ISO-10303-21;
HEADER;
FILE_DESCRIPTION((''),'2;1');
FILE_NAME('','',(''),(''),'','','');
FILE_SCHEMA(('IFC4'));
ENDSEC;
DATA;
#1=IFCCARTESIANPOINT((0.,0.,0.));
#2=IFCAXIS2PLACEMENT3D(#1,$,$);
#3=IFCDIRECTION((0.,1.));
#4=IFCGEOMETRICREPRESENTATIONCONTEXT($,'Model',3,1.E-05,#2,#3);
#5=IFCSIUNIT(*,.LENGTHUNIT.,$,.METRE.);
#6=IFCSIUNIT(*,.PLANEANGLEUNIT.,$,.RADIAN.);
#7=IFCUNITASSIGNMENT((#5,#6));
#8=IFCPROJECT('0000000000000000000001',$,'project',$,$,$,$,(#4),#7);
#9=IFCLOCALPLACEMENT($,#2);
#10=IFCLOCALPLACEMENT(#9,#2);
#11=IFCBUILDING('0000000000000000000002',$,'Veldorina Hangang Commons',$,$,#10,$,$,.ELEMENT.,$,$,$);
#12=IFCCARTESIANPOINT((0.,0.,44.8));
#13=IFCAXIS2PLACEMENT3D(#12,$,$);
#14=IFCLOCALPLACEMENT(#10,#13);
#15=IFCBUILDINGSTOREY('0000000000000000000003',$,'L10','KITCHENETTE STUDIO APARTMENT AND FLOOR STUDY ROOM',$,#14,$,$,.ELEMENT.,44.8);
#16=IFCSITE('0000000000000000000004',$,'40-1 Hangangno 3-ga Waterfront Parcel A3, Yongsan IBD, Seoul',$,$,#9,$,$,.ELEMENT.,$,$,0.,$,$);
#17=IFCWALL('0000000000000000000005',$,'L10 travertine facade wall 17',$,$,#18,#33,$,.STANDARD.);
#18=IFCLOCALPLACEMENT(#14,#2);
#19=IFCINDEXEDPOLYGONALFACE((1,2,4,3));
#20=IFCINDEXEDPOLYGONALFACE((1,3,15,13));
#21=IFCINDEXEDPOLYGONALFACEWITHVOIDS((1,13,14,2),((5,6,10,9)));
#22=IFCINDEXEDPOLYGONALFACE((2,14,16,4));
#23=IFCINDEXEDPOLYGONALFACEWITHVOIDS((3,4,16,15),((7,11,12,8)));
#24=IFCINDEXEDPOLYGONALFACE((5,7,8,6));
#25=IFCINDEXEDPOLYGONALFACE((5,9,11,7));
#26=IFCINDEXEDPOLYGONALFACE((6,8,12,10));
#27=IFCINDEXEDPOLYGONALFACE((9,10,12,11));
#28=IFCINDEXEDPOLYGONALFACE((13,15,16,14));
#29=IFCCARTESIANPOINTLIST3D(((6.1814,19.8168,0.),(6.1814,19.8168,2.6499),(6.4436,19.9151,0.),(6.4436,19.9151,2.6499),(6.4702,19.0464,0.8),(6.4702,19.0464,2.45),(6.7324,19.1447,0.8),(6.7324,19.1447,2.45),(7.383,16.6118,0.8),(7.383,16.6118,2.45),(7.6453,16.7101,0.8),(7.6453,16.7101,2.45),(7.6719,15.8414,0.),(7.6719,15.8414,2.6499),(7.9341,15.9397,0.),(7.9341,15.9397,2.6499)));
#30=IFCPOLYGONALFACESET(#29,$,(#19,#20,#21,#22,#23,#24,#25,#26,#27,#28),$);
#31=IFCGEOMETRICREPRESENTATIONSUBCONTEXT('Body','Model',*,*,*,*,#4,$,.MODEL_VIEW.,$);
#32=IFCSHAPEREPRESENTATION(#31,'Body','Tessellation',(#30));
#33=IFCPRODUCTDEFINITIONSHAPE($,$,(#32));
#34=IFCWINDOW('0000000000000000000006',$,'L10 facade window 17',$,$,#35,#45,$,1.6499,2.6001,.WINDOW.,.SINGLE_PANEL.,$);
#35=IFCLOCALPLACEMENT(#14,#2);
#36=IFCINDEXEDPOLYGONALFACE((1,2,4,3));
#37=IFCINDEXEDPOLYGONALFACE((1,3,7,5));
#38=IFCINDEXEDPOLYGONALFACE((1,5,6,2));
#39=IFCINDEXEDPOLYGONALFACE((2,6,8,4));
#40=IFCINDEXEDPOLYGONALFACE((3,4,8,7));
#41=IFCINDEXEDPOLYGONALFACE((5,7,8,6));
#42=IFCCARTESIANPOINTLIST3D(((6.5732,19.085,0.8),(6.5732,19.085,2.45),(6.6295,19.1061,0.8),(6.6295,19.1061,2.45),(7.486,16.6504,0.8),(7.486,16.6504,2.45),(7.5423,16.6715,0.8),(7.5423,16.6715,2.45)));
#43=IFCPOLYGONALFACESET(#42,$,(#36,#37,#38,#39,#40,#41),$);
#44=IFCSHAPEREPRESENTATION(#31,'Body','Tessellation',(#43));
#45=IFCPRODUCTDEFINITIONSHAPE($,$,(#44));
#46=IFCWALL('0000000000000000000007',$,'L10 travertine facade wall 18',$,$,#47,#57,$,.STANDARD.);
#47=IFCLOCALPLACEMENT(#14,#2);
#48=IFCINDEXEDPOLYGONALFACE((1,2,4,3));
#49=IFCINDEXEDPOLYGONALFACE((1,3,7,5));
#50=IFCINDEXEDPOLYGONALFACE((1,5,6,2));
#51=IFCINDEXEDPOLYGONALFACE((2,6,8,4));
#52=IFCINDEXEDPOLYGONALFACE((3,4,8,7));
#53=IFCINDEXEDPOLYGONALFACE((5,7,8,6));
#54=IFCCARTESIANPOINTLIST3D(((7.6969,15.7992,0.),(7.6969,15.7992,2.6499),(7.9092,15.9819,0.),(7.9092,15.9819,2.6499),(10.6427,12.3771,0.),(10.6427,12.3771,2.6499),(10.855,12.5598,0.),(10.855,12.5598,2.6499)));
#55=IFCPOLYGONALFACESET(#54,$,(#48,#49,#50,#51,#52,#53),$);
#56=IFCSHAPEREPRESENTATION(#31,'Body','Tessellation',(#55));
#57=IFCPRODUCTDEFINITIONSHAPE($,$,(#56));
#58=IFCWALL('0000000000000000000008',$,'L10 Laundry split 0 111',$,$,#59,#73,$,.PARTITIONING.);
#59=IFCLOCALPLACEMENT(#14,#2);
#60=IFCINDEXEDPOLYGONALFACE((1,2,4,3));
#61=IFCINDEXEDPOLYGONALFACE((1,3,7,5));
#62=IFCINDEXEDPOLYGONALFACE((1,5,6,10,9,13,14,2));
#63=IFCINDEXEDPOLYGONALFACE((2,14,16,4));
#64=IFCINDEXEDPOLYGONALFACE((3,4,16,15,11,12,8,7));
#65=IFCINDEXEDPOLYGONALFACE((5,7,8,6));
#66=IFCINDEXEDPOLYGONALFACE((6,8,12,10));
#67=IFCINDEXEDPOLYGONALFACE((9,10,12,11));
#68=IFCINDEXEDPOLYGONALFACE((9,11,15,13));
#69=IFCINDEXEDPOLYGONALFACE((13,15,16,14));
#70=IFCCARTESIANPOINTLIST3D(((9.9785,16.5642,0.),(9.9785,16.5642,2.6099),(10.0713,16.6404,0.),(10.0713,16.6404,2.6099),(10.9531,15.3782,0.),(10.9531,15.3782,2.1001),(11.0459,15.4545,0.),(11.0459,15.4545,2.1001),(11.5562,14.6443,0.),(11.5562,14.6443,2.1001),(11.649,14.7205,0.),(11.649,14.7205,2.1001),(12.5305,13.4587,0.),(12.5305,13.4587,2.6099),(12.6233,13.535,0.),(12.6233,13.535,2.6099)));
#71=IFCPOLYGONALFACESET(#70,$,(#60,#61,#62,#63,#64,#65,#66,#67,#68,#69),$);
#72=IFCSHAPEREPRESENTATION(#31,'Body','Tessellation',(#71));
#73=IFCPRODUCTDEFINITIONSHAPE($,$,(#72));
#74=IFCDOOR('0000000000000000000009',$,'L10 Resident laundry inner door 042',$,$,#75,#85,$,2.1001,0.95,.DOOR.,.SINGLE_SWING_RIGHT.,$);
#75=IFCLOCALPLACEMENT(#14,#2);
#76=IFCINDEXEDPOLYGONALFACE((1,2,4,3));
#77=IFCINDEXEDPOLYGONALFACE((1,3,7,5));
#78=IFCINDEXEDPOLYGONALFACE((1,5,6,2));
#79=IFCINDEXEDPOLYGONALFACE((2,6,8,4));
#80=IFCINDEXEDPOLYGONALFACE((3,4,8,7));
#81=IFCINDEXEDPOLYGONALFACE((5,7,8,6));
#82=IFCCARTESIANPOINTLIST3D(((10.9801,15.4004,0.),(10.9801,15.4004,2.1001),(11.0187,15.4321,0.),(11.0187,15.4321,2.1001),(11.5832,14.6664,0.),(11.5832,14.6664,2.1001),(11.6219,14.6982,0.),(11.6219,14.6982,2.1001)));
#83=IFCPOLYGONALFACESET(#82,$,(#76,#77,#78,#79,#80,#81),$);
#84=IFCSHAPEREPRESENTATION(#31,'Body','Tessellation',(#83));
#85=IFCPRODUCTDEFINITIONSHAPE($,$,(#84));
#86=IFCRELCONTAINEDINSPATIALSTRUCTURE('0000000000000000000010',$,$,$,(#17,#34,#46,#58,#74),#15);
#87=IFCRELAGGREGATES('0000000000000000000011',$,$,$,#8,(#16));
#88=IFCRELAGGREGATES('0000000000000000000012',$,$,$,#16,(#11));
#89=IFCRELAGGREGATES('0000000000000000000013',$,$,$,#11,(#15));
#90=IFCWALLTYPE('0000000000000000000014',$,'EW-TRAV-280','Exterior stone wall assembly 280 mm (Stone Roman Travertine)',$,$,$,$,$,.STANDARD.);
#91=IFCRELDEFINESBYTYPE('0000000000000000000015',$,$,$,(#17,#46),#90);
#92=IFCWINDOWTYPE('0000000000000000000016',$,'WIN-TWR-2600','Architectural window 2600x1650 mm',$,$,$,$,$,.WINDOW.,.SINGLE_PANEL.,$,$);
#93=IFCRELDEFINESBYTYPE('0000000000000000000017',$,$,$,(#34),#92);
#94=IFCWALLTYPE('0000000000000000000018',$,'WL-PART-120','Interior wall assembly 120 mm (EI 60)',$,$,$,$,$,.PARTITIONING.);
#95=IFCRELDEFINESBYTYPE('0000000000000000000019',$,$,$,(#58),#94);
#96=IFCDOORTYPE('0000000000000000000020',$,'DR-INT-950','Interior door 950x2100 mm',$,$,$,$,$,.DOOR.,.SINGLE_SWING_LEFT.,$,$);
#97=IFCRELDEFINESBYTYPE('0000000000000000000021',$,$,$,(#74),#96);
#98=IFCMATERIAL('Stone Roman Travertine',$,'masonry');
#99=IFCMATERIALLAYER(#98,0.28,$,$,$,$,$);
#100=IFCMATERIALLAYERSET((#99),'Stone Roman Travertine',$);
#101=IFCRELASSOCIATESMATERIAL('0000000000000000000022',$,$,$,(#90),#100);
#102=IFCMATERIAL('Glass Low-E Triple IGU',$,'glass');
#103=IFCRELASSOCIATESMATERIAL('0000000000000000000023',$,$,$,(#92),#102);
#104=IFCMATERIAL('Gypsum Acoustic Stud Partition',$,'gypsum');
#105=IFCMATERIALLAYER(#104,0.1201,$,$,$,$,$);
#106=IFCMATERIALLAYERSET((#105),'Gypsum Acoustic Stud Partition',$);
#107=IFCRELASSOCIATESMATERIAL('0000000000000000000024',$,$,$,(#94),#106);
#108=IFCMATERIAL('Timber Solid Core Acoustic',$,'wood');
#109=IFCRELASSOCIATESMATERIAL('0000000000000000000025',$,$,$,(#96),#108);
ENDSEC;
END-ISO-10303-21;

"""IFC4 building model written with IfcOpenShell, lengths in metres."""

from ifc_helpers import new_model, si_unit, direction, frame, frame_2d, origin, place, context, subcontext, project, spatial, rectangle, extrude, material, layer, layer_set, type_object, element, fill, save


model = new_model("IFC4")

# Units and contexts
model_context = context("Model", 3, precision=1e-05, world=origin(), true_north=direction((0.0, 1.0)))
body_context = subcontext(model_context, "Body", "Model", "MODEL_VIEW")
ifc_project = project(units=[si_unit("LENGTHUNIT", "METRE"), si_unit("PLANEANGLEUNIT", "RADIAN")], contexts=[model_context])

# Site, building, storey
site_placement = place(None, origin())
site = spatial("IfcSite", under=ifc_project, at=site_placement, Name="40-1 Hangangno 3-ga Waterfront Parcel A3, Yongsan IBD, Seoul", CompositionType="ELEMENT", RefElevation=0.0)
building_placement = place(site_placement, origin())
building = spatial("IfcBuilding", under=site, at=building_placement, Name="Veldorina Hangang Commons", CompositionType="ELEMENT")
storey_placement = place(building_placement, frame((0.0, 0.0, 44.8)))
storey = spatial("IfcBuildingStorey", under=building, at=storey_placement, Name="L10", Description="KITCHENETTE STUDIO APARTMENT AND FLOOR STUDY ROOM", CompositionType="ELEMENT", Elevation=44.8)

# Shared definitions
ifc_material_1 = material(Name="Glass Low-E Triple IGU", Category="glass")

# Wall, opening, window
ifc_material_2 = material(Name="Stone Roman Travertine", Category="masonry")
ifc_layer_1 = layer(ifc_material_2, 0.28)
ifc_layer_set_1 = layer_set([ifc_layer_1], Name="Stone Roman Travertine")
wall_type_1 = type_object("IfcWallType", Name="EW-TRAV-280", Description="Exterior stone wall assembly 280 mm (Stone Roman Travertine)", PredefinedType="STANDARD", material=ifc_layer_set_1)
wall_1_placement = place(storey_placement, frame((6.3125, 19.866, 0.0), z_axis=(0.0, 0.0, 1.0), x_axis=(0.351067, -0.93635, 0.0)))
wall_1 = element("IfcWall", 1, at=wall_1_placement, inside=storey, type_object=wall_type_1, Name="L10 travertine facade wall 17", PredefinedType="STANDARD", context=body_context, shape_type="SweptSolid", body=[
    extrude(rectangle(XDim=4.2456, YDim=0.28, at=frame_2d((2.1228, 0.0))), origin(), (0.0, 0.0, 1.0), 2.6499),
])
opening_1_placement = place(wall_1_placement, frame((0.8228, 0.0, 0.8)))
opening_1 = element("IfcOpeningElement", 2, at=opening_1_placement, cuts=wall_1, PredefinedType="OPENING", context=body_context, shape_type="SweptSolid", body=[
    extrude(rectangle(XDim=2.6001, YDim=1.6499, at=frame_2d((1.3, 0.825))), frame((0.0, 0.1499, 0.0), z_axis=(0.0, -1.0, 0.0), x_axis=(1.0, 0.0, 0.0)), (0.0, 0.0, 1.0), 0.3),
])
window_type = type_object("IfcWindowType", Name="WIN-TWR-2600", Description="Architectural window 2600x1650 mm", PartitioningType="SINGLE_PANEL", PredefinedType="WINDOW", material=ifc_material_1)
window_placement = place(opening_1_placement, origin())
window = element("IfcWindow", 3, at=window_placement, inside=storey, type_object=window_type, Name="L10 facade window 17", OverallHeight=1.6499, OverallWidth=2.6001, PartitioningType="SINGLE_PANEL", PredefinedType="WINDOW", context=body_context, shape_type="SweptSolid", body=[
    extrude(rectangle(XDim=2.6001, YDim=1.6499, at=frame_2d((1.3, 0.825))), frame((0.0, 0.03, 0.0), z_axis=(0.0, -1.0, 0.0), x_axis=(1.0, 0.0, 0.0)), (0.0, 0.0, 1.0), 0.0601),
])
fill(opening_1, window)

# Wall
wall_2_placement = place(storey_placement, frame((7.803, 15.8906, 0.0), z_axis=(0.0, 0.0, 1.0), x_axis=(0.652393, -0.757881, 0.0)))
element("IfcWall", 4, at=wall_2_placement, inside=storey, type_object=wall_type_1, Name="L10 travertine facade wall 18", PredefinedType="STANDARD", context=body_context, shape_type="SweptSolid", body=[
    extrude(rectangle(XDim=4.5154, YDim=0.28, at=frame_2d((2.2578, 0.0))), origin(), (0.0, 0.0, 1.0), 2.6499),
])

# Wall, opening, door
ifc_material_3 = material(Name="Gypsum Acoustic Stud Partition", Category="gypsum")
ifc_layer_2 = layer(ifc_material_3, 0.1201)
ifc_layer_set_2 = layer_set([ifc_layer_2], Name="Gypsum Acoustic Stud Partition")
wall_type_2 = type_object("IfcWallType", Name="WL-PART-120", Description="Interior wall assembly 120 mm (EI 60)", PredefinedType="PARTITIONING", material=ifc_layer_set_2)
wall_3_placement = place(storey_placement, frame((10.0249, 16.6023, 0.0), z_axis=(0.0, 0.0, 1.0), x_axis=(0.6349, -0.772594, 0.0)))
wall_3 = element("IfcWall", 5, at=wall_3_placement, inside=storey, type_object=wall_type_2, Name="L10 Laundry split 0 111", PredefinedType="PARTITIONING", context=body_context, shape_type="SweptSolid", body=[
    extrude(rectangle(XDim=4.0195, YDim=0.1201, at=frame_2d((2.0098, 0.0))), origin(), (0.0, 0.0, 1.0), 2.6099),
])
opening_2_placement = place(wall_3_placement, frame((1.5349, 0.0, 0.0)))
opening_2 = element("IfcOpeningElement", 6, at=opening_2_placement, cuts=wall_3, PredefinedType="OPENING", context=body_context, shape_type="SweptSolid", body=[
    extrude(rectangle(XDim=0.95, YDim=2.1001, at=frame_2d((0.4751, 1.05))), frame((0.0, 0.0701, 0.0), z_axis=(0.0, -1.0, 0.0), x_axis=(1.0, 0.0, 0.0)), (0.0, 0.0, 1.0), 0.1401),
])
ifc_material_4 = material(Name="Timber Solid Core Acoustic", Category="wood")
door_type = type_object("IfcDoorType", Name="DR-INT-950", Description="Interior door 950x2100 mm", OperationType="SINGLE_SWING_LEFT", PredefinedType="DOOR", material=ifc_material_4)
door_placement = place(opening_2_placement, origin())
door = element("IfcDoor", 7, at=door_placement, inside=storey, type_object=door_type, Name="L10 Resident laundry inner door 042", OperationType="SINGLE_SWING_RIGHT", OverallHeight=2.1001, OverallWidth=0.95, PredefinedType="DOOR", context=body_context, shape_type="SweptSolid", body=[
    extrude(rectangle(XDim=0.95, YDim=2.1001, at=frame_2d((0.4751, 1.05))), frame((0.0, 0.0249, 0.0), z_axis=(0.0, -1.0, 0.0), x_axis=(1.0, 0.0, 0.0)), (0.0, 0.0, 1.0), 0.05),
])
fill(opening_2, door)

save(model, "model.ifc")
